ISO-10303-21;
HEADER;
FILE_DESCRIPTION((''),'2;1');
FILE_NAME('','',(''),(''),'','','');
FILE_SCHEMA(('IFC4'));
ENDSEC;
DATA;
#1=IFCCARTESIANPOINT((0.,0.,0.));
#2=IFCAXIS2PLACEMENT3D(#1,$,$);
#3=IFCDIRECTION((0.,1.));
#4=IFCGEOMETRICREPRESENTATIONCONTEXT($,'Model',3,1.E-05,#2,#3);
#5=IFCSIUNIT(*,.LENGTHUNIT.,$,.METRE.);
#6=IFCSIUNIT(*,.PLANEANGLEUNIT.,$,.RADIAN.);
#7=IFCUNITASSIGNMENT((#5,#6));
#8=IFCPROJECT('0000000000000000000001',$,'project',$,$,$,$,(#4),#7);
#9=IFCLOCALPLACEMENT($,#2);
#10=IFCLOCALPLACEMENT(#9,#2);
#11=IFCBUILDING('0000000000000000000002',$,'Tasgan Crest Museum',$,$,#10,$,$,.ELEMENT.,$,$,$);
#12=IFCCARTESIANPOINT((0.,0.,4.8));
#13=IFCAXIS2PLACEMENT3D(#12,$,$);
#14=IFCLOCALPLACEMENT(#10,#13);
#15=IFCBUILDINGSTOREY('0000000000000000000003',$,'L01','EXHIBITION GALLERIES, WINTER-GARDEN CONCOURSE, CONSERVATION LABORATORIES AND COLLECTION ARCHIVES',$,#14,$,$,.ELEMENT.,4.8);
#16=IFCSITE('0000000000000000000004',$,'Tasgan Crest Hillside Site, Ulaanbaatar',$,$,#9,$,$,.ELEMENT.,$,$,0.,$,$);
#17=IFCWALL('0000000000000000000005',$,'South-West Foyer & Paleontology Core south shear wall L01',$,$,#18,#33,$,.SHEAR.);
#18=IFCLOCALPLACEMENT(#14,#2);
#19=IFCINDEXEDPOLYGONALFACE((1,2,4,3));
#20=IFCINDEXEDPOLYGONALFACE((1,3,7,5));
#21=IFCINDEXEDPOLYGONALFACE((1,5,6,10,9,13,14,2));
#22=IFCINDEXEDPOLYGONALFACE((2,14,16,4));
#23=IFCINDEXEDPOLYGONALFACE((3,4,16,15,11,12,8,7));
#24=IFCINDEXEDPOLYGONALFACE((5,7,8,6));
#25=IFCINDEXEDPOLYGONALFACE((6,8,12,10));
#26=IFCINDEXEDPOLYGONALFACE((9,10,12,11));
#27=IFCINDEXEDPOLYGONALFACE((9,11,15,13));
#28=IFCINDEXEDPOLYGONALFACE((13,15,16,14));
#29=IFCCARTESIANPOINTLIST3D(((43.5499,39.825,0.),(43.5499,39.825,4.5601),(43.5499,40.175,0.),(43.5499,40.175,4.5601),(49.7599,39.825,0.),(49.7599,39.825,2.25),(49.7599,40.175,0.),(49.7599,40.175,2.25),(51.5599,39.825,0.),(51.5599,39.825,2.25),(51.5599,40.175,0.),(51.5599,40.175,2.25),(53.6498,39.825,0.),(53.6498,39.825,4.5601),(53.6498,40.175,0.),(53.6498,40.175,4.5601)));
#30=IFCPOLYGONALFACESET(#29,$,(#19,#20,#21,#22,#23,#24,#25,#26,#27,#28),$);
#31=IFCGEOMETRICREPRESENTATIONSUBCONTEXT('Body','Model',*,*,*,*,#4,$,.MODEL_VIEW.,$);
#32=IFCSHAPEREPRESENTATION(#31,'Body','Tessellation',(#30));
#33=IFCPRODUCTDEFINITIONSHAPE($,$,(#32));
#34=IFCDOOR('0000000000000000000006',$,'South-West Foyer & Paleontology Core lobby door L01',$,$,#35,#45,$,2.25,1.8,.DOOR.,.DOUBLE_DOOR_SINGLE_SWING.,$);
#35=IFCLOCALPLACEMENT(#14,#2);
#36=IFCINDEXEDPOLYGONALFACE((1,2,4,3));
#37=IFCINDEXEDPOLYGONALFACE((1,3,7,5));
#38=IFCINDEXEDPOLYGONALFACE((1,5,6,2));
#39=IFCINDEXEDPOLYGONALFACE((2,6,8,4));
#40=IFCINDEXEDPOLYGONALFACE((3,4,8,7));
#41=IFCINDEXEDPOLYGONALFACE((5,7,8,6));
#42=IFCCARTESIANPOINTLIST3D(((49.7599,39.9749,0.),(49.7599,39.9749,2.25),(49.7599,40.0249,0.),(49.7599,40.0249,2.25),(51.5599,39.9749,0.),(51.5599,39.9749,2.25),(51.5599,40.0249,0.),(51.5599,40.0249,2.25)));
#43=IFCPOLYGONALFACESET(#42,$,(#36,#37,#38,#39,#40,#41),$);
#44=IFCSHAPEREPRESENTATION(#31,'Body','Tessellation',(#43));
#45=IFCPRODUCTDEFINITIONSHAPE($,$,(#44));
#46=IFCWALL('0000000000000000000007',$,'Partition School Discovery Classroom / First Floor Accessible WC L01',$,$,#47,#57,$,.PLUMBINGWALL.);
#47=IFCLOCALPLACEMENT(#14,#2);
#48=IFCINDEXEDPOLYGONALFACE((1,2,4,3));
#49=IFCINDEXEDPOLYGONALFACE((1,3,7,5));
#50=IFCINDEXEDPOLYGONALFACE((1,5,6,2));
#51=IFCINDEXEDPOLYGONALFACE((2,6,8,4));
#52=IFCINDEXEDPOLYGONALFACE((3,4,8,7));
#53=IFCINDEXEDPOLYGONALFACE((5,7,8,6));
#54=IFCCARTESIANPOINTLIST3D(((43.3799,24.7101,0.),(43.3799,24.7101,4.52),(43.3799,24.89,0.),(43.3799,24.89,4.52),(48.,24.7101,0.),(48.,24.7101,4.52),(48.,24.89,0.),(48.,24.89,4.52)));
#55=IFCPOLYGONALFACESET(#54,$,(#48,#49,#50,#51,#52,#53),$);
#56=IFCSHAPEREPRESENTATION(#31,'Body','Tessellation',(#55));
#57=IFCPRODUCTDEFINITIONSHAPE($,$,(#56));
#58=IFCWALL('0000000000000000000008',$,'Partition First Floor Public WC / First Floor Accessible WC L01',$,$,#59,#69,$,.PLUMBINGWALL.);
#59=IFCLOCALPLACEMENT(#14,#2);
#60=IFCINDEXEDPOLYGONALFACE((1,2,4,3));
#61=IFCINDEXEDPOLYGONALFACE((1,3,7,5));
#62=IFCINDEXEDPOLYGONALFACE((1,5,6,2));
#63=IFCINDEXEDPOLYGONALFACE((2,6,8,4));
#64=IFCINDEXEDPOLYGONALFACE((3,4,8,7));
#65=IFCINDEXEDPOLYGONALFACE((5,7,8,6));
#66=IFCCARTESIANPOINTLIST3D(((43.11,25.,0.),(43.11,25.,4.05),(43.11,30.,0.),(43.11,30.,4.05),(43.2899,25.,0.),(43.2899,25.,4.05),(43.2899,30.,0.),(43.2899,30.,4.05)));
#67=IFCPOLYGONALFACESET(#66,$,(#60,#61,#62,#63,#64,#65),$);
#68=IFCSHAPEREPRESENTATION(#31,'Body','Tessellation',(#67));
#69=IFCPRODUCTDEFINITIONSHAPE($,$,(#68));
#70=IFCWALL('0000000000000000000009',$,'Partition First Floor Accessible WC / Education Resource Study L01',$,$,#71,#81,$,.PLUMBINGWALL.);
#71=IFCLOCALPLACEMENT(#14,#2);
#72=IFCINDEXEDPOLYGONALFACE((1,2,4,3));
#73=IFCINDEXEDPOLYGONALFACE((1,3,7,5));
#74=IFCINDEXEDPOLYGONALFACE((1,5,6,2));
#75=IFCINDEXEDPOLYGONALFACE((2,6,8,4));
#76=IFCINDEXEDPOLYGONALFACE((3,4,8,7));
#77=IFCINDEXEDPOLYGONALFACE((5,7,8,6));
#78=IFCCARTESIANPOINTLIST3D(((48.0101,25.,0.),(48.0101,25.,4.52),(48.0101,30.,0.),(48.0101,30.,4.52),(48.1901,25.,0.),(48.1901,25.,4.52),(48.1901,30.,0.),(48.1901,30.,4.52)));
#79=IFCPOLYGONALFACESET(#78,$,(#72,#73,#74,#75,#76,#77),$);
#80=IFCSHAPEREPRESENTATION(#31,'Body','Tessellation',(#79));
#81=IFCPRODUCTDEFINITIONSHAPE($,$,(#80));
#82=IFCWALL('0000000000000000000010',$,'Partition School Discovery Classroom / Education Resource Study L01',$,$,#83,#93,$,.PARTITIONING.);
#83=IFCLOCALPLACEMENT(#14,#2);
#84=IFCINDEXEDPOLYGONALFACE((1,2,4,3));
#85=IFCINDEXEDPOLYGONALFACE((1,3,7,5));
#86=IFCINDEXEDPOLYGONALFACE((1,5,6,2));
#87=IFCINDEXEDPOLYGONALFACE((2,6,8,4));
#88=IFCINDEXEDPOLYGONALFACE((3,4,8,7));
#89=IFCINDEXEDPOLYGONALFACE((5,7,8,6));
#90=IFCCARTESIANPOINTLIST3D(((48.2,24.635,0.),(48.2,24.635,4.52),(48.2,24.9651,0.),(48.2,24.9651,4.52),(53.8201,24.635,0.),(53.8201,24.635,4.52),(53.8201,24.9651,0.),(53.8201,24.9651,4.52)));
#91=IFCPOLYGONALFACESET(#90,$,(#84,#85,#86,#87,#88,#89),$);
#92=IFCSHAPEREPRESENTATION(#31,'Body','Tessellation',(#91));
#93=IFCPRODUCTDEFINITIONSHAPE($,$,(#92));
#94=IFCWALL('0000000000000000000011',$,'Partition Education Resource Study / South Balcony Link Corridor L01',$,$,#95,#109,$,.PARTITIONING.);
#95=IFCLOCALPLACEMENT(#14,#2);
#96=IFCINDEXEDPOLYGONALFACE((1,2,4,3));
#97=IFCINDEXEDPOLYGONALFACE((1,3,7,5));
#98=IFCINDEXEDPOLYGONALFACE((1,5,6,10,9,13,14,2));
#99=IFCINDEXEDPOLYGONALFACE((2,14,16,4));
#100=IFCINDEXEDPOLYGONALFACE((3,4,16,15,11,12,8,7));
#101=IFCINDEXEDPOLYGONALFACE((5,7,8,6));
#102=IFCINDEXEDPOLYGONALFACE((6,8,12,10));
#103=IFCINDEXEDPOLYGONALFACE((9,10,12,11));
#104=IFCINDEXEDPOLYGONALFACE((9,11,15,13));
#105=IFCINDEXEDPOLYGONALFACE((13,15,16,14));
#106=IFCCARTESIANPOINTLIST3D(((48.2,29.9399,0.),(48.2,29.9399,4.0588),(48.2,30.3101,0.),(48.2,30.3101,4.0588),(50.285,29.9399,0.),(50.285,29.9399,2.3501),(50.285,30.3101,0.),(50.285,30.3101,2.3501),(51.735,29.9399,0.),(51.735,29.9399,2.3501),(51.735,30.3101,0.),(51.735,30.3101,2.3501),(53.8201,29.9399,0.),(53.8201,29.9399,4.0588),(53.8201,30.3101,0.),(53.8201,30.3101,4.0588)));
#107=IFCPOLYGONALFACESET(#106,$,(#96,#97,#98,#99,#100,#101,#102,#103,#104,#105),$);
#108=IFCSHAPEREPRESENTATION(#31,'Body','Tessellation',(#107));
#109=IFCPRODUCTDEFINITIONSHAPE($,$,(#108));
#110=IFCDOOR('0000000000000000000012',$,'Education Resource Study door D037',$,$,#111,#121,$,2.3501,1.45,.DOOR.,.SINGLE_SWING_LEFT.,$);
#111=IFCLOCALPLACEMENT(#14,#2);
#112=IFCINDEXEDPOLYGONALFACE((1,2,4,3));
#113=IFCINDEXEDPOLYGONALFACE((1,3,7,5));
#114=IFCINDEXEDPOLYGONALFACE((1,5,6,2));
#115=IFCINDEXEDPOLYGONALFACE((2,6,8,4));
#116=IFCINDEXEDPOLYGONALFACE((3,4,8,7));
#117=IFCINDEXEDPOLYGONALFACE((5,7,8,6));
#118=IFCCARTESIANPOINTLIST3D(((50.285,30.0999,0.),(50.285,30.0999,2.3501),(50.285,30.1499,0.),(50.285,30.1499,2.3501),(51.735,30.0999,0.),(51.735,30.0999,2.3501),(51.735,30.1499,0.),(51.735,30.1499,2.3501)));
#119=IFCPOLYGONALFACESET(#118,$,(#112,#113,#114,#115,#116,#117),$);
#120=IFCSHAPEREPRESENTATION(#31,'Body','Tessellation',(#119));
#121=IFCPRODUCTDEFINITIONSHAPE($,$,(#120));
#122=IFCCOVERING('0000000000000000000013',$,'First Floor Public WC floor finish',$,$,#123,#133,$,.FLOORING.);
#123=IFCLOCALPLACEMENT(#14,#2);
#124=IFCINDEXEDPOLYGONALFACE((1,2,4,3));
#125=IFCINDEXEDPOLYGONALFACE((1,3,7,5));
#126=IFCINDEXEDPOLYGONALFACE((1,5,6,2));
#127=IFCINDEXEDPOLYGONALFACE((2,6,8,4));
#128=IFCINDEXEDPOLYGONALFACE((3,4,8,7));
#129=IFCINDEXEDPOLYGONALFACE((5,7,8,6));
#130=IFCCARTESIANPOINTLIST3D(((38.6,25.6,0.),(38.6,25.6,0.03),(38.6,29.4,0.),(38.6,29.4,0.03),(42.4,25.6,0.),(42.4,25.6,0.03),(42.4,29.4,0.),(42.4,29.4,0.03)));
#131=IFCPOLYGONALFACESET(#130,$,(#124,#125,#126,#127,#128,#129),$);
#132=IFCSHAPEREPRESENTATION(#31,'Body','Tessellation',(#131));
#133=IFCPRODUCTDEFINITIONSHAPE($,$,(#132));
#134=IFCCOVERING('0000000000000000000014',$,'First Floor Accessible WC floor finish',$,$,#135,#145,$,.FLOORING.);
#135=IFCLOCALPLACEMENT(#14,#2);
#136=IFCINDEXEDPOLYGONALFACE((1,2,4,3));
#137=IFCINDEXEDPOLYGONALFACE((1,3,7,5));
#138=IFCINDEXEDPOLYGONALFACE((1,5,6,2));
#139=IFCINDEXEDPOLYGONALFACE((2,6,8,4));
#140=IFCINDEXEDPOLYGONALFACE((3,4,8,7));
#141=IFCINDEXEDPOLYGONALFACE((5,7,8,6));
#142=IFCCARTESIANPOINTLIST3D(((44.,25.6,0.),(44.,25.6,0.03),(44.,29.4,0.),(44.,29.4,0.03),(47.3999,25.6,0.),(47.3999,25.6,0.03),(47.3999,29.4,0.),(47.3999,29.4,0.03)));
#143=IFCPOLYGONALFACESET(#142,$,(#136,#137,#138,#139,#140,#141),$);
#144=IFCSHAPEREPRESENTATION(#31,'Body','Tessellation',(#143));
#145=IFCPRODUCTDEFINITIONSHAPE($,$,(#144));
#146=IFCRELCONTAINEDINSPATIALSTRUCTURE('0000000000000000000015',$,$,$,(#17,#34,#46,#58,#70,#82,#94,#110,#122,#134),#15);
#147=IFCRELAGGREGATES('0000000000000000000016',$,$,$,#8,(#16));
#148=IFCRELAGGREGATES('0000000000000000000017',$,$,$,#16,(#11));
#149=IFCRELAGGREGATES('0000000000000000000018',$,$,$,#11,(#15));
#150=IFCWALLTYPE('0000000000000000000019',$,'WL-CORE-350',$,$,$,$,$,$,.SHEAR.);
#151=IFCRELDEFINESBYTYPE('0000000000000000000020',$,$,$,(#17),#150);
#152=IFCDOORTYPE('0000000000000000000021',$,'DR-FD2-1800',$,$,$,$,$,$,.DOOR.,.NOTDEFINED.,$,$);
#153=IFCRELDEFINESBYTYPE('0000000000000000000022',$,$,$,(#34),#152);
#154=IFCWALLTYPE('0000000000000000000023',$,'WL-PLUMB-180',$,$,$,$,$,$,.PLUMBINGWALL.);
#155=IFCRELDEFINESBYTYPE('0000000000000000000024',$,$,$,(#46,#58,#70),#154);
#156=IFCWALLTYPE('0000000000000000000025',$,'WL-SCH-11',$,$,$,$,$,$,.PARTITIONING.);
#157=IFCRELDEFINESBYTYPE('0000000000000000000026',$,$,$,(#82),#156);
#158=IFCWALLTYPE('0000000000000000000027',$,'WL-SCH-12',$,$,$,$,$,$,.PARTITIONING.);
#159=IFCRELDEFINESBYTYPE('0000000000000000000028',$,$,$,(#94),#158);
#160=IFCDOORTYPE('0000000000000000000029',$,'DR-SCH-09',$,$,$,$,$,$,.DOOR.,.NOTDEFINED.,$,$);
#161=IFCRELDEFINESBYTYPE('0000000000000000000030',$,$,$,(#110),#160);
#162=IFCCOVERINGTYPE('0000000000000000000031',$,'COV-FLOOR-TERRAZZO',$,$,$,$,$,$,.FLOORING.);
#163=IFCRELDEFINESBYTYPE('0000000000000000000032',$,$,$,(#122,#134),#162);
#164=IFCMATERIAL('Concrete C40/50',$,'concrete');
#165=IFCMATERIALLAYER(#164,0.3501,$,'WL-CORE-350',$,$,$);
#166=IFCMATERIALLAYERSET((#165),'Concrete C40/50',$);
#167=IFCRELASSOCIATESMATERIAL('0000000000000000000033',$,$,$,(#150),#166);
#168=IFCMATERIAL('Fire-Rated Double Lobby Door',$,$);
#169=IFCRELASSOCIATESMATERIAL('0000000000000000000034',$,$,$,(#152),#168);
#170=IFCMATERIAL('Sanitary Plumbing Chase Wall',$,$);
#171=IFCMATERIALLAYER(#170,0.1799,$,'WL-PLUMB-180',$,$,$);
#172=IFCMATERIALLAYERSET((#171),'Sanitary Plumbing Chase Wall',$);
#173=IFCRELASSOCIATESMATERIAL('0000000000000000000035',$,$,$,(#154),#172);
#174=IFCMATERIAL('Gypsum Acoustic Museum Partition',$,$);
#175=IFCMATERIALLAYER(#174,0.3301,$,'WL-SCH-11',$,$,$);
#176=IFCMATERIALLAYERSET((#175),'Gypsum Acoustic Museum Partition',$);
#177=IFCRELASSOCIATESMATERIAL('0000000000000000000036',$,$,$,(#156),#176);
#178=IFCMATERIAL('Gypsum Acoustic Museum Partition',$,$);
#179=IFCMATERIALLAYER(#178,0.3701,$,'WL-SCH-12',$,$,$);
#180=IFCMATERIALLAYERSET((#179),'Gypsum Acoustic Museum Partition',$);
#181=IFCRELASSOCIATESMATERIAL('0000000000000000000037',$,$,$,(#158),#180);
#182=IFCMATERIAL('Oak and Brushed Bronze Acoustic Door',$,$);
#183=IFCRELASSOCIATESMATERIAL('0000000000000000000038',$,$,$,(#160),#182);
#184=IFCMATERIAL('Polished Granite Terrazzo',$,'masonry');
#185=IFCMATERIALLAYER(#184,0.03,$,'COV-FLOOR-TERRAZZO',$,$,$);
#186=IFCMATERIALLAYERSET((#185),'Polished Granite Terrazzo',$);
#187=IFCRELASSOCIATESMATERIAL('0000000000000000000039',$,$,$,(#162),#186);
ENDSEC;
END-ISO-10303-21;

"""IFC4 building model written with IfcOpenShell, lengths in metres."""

from ifc_helpers import new_model, si_unit, direction, frame, frame_2d, origin, origin_2d, place, context, subcontext, project, spatial, rectangle, extrude, material, layer, layer_set, type_object, element, fill, save


model = new_model("IFC4")

# Units and contexts
model_context = context("Model", 3, precision=1e-05, world=origin(), true_north=direction((0.0, 1.0)))
body_context = subcontext(model_context, "Body", "Model", "MODEL_VIEW")
ifc_project = project(units=[si_unit("LENGTHUNIT", "METRE"), si_unit("PLANEANGLEUNIT", "RADIAN")], contexts=[model_context])

# Site, building, storey
site_placement = place(None, origin())
site = spatial("IfcSite", under=ifc_project, at=site_placement, Name="Tasgan Crest Hillside Site, Ulaanbaatar", CompositionType="ELEMENT", RefElevation=0.0)
building_placement = place(site_placement, origin())
building = spatial("IfcBuilding", under=site, at=building_placement, Name="Tasgan Crest Museum", CompositionType="ELEMENT")
storey_placement = place(building_placement, frame((0.0, 0.0, 4.8)))
storey = spatial("IfcBuildingStorey", under=building, at=storey_placement, Name="L01", Description="EXHIBITION GALLERIES, WINTER-GARDEN CONCOURSE, CONSERVATION LABORATORIES AND COLLECTION ARCHIVES", CompositionType="ELEMENT", Elevation=4.8)

# Wall, opening, door
ifc_material_1 = material(Name="Concrete C40/50", Category="concrete")
ifc_layer_1 = layer(ifc_material_1, 0.3501, Name="WL-CORE-350")
ifc_layer_set_1 = layer_set([ifc_layer_1], Name="Concrete C40/50")
wall_type_1 = type_object("IfcWallType", Name="WL-CORE-350", PredefinedType="SHEAR", material=ifc_layer_set_1)
wall_1_placement = place(storey_placement, frame((43.55, 40.0, 0.0), z_axis=(0.0, 0.0, 1.0), x_axis=(1.0, 0.0, 0.0)))
wall_1 = element("IfcWall", 1, at=wall_1_placement, inside=storey, type_object=wall_type_1, Name="South-West Foyer & Paleontology Core south shear wall L01", PredefinedType="SHEAR", context=body_context, shape_type="SweptSolid", body=[
    extrude(rectangle(XDim=10.0999, YDim=0.3501, at=frame_2d((5.0498, 0.0))), origin(), (0.0, 0.0, 1.0), 4.5601),
])
opening_1_placement = place(wall_1_placement, frame((6.21, 0.0, 0.0)))
opening_1 = element("IfcOpeningElement", 2, at=opening_1_placement, cuts=wall_1, PredefinedType="OPENING", context=body_context, shape_type="SweptSolid", body=[
    extrude(rectangle(XDim=1.8, YDim=2.25, at=frame_2d((0.8999, 1.125))), frame((0.0, 0.1851, 0.0), z_axis=(0.0, -1.0, 0.0), x_axis=(1.0, 0.0, 0.0)), (0.0, 0.0, 1.0), 0.3701),
])
ifc_material_2 = material(Name="Fire-Rated Double Lobby Door")
door_type_1 = type_object("IfcDoorType", Name="DR-FD2-1800", OperationType="NOTDEFINED", PredefinedType="DOOR", material=ifc_material_2)
door_1_placement = place(opening_1_placement, origin())
door_1 = element("IfcDoor", 3, at=door_1_placement, inside=storey, type_object=door_type_1, Name="South-West Foyer & Paleontology Core lobby door L01", OperationType="DOUBLE_DOOR_SINGLE_SWING", OverallHeight=2.25, OverallWidth=1.8, PredefinedType="DOOR", context=body_context, shape_type="SweptSolid", body=[
    extrude(rectangle(XDim=1.8, YDim=2.25, at=frame_2d((0.8999, 1.125))), frame((0.0, 0.0249, 0.0), z_axis=(0.0, -1.0, 0.0), x_axis=(1.0, 0.0, 0.0)), (0.0, 0.0, 1.0), 0.05),
])
fill(opening_1, door_1)
ifc_material_3 = material(Name="Sanitary Plumbing Chase Wall")
ifc_layer_2 = layer(ifc_material_3, 0.1799, Name="WL-PLUMB-180")
ifc_layer_set_2 = layer_set([ifc_layer_2], Name="Sanitary Plumbing Chase Wall")
wall_type_2 = type_object("IfcWallType", Name="WL-PLUMB-180", PredefinedType="PLUMBINGWALL", material=ifc_layer_set_2)

# Walls
wall_2_placement = place(storey_placement, frame((43.3799, 24.8, 0.0), z_axis=(0.0, 0.0, 1.0), x_axis=(1.0, 0.0, 0.0)))
element("IfcWall", 4, at=wall_2_placement, inside=storey, type_object=wall_type_2, Name="Partition School Discovery Classroom / First Floor Accessible WC L01", PredefinedType="PLUMBINGWALL", context=body_context, shape_type="SweptSolid", body=[
    extrude(rectangle(XDim=4.6201, YDim=0.1799, at=frame_2d((2.3101, 0.0))), origin(), (0.0, 0.0, 1.0), 4.52),
])
wall_3_placement = place(storey_placement, frame((43.2, 25.0, 0.0), z_axis=(0.0, 0.0, 1.0), x_axis=(0.0, 1.0, 0.0)))
element("IfcWall", 5, at=wall_3_placement, inside=storey, type_object=wall_type_2, Name="Partition First Floor Public WC / First Floor Accessible WC L01", PredefinedType="PLUMBINGWALL", context=body_context, shape_type="SweptSolid", body=[
    extrude(rectangle(XDim=5.0, YDim=0.1799, at=frame_2d((2.5, 0.0))), origin(), (0.0, 0.0, 1.0), 4.05),
])
wall_4_placement = place(storey_placement, frame((48.1001, 25.0, 0.0), z_axis=(0.0, 0.0, 1.0), x_axis=(0.0, 1.0, 0.0)))
element("IfcWall", 6, at=wall_4_placement, inside=storey, type_object=wall_type_2, Name="Partition First Floor Accessible WC / Education Resource Study L01", PredefinedType="PLUMBINGWALL", context=body_context, shape_type="SweptSolid", body=[
    extrude(rectangle(XDim=5.0, YDim=0.1799, at=frame_2d((2.5, 0.0))), origin(), (0.0, 0.0, 1.0), 4.52),
])
ifc_material_4 = material(Name="Gypsum Acoustic Museum Partition")
ifc_layer_3 = layer(ifc_material_4, 0.3301, Name="WL-SCH-11")
ifc_layer_set_3 = layer_set([ifc_layer_3], Name="Gypsum Acoustic Museum Partition")
wall_type_3 = type_object("IfcWallType", Name="WL-SCH-11", PredefinedType="PARTITIONING", material=ifc_layer_set_3)
wall_5_placement = place(storey_placement, frame((48.2, 24.8, 0.0), z_axis=(0.0, 0.0, 1.0), x_axis=(1.0, 0.0, 0.0)))
element("IfcWall", 7, at=wall_5_placement, inside=storey, type_object=wall_type_3, Name="Partition School Discovery Classroom / Education Resource Study L01", PredefinedType="PARTITIONING", context=body_context, shape_type="SweptSolid", body=[
    extrude(rectangle(XDim=5.6201, YDim=0.3301, at=frame_2d((2.8101, 0.0))), origin(), (0.0, 0.0, 1.0), 4.52),
])

# Wall, opening, door
ifc_material_5 = material(Name="Gypsum Acoustic Museum Partition")
ifc_layer_4 = layer(ifc_material_5, 0.3701, Name="WL-SCH-12")
ifc_layer_set_4 = layer_set([ifc_layer_4], Name="Gypsum Acoustic Museum Partition")
wall_type_4 = type_object("IfcWallType", Name="WL-SCH-12", PredefinedType="PARTITIONING", material=ifc_layer_set_4)
wall_6_placement = place(storey_placement, frame((48.2, 30.125, 0.0), z_axis=(0.0, 0.0, 1.0), x_axis=(1.0, 0.0, 0.0)))
wall_6 = element("IfcWall", 8, at=wall_6_placement, inside=storey, type_object=wall_type_4, Name="Partition Education Resource Study / South Balcony Link Corridor L01", PredefinedType="PARTITIONING", context=body_context, shape_type="SweptSolid", body=[
    extrude(rectangle(XDim=5.6201, YDim=0.3701, at=frame_2d((2.8101, 0.0))), origin(), (0.0, 0.0, 1.0), 4.0588),
])
opening_2_placement = place(wall_6_placement, frame((2.085, 0.0, 0.0)))
opening_2 = element("IfcOpeningElement", 9, at=opening_2_placement, cuts=wall_6, PredefinedType="OPENING", context=body_context, shape_type="SweptSolid", body=[
    extrude(rectangle(XDim=1.45, YDim=2.3501, at=frame_2d((0.7251, 1.175))), frame((0.0, 0.1951, 0.0), z_axis=(0.0, -1.0, 0.0), x_axis=(1.0, 0.0, 0.0)), (0.0, 0.0, 1.0), 0.3901),
])
ifc_material_6 = material(Name="Oak and Brushed Bronze Acoustic Door")
door_type_2 = type_object("IfcDoorType", Name="DR-SCH-09", OperationType="NOTDEFINED", PredefinedType="DOOR", material=ifc_material_6)
door_2_placement = place(opening_2_placement, origin())
door_2 = element("IfcDoor", 10, at=door_2_placement, inside=storey, type_object=door_type_2, Name="Education Resource Study door D037", OperationType="SINGLE_SWING_LEFT", OverallHeight=2.3501, OverallWidth=1.45, PredefinedType="DOOR", context=body_context, shape_type="SweptSolid", body=[
    extrude(rectangle(XDim=1.45, YDim=2.3501, at=frame_2d((0.7251, 1.175))), frame((0.0, 0.0249, 0.0), z_axis=(0.0, -1.0, 0.0), x_axis=(1.0, 0.0, 0.0)), (0.0, 0.0, 1.0), 0.05),
])
fill(opening_2, door_2)

# Coverings
ifc_material_7 = material(Name="Polished Granite Terrazzo", Category="masonry")
ifc_layer_5 = layer(ifc_material_7, 0.03, Name="COV-FLOOR-TERRAZZO")
ifc_layer_set_5 = layer_set([ifc_layer_5], Name="Polished Granite Terrazzo")
covering_type = type_object("IfcCoveringType", Name="COV-FLOOR-TERRAZZO", PredefinedType="FLOORING", material=ifc_layer_set_5)
covering_1_placement = place(storey_placement, frame((40.5, 27.5, 0.0), z_axis=(0.0, 0.0, 1.0), x_axis=(1.0, 0.0, 0.0)))
element("IfcCovering", 11, at=covering_1_placement, inside=storey, type_object=covering_type, Name="First Floor Public WC floor finish", PredefinedType="FLOORING", context=body_context, shape_type="SweptSolid", body=[
    extrude(rectangle(XDim=3.8, YDim=3.8, at=origin_2d()), origin(), (0.0, 0.0, 1.0), 0.03),
])
covering_2_placement = place(storey_placement, frame((45.7, 27.5, 0.0), z_axis=(0.0, 0.0, 1.0), x_axis=(1.0, 0.0, 0.0)))
element("IfcCovering", 12, at=covering_2_placement, inside=storey, type_object=covering_type, Name="First Floor Accessible WC floor finish", PredefinedType="FLOORING", context=body_context, shape_type="SweptSolid", body=[
    extrude(rectangle(XDim=3.3999, YDim=3.8, at=origin_2d()), origin(), (0.0, 0.0, 1.0), 0.03),
])

save(model, "model.ifc")
